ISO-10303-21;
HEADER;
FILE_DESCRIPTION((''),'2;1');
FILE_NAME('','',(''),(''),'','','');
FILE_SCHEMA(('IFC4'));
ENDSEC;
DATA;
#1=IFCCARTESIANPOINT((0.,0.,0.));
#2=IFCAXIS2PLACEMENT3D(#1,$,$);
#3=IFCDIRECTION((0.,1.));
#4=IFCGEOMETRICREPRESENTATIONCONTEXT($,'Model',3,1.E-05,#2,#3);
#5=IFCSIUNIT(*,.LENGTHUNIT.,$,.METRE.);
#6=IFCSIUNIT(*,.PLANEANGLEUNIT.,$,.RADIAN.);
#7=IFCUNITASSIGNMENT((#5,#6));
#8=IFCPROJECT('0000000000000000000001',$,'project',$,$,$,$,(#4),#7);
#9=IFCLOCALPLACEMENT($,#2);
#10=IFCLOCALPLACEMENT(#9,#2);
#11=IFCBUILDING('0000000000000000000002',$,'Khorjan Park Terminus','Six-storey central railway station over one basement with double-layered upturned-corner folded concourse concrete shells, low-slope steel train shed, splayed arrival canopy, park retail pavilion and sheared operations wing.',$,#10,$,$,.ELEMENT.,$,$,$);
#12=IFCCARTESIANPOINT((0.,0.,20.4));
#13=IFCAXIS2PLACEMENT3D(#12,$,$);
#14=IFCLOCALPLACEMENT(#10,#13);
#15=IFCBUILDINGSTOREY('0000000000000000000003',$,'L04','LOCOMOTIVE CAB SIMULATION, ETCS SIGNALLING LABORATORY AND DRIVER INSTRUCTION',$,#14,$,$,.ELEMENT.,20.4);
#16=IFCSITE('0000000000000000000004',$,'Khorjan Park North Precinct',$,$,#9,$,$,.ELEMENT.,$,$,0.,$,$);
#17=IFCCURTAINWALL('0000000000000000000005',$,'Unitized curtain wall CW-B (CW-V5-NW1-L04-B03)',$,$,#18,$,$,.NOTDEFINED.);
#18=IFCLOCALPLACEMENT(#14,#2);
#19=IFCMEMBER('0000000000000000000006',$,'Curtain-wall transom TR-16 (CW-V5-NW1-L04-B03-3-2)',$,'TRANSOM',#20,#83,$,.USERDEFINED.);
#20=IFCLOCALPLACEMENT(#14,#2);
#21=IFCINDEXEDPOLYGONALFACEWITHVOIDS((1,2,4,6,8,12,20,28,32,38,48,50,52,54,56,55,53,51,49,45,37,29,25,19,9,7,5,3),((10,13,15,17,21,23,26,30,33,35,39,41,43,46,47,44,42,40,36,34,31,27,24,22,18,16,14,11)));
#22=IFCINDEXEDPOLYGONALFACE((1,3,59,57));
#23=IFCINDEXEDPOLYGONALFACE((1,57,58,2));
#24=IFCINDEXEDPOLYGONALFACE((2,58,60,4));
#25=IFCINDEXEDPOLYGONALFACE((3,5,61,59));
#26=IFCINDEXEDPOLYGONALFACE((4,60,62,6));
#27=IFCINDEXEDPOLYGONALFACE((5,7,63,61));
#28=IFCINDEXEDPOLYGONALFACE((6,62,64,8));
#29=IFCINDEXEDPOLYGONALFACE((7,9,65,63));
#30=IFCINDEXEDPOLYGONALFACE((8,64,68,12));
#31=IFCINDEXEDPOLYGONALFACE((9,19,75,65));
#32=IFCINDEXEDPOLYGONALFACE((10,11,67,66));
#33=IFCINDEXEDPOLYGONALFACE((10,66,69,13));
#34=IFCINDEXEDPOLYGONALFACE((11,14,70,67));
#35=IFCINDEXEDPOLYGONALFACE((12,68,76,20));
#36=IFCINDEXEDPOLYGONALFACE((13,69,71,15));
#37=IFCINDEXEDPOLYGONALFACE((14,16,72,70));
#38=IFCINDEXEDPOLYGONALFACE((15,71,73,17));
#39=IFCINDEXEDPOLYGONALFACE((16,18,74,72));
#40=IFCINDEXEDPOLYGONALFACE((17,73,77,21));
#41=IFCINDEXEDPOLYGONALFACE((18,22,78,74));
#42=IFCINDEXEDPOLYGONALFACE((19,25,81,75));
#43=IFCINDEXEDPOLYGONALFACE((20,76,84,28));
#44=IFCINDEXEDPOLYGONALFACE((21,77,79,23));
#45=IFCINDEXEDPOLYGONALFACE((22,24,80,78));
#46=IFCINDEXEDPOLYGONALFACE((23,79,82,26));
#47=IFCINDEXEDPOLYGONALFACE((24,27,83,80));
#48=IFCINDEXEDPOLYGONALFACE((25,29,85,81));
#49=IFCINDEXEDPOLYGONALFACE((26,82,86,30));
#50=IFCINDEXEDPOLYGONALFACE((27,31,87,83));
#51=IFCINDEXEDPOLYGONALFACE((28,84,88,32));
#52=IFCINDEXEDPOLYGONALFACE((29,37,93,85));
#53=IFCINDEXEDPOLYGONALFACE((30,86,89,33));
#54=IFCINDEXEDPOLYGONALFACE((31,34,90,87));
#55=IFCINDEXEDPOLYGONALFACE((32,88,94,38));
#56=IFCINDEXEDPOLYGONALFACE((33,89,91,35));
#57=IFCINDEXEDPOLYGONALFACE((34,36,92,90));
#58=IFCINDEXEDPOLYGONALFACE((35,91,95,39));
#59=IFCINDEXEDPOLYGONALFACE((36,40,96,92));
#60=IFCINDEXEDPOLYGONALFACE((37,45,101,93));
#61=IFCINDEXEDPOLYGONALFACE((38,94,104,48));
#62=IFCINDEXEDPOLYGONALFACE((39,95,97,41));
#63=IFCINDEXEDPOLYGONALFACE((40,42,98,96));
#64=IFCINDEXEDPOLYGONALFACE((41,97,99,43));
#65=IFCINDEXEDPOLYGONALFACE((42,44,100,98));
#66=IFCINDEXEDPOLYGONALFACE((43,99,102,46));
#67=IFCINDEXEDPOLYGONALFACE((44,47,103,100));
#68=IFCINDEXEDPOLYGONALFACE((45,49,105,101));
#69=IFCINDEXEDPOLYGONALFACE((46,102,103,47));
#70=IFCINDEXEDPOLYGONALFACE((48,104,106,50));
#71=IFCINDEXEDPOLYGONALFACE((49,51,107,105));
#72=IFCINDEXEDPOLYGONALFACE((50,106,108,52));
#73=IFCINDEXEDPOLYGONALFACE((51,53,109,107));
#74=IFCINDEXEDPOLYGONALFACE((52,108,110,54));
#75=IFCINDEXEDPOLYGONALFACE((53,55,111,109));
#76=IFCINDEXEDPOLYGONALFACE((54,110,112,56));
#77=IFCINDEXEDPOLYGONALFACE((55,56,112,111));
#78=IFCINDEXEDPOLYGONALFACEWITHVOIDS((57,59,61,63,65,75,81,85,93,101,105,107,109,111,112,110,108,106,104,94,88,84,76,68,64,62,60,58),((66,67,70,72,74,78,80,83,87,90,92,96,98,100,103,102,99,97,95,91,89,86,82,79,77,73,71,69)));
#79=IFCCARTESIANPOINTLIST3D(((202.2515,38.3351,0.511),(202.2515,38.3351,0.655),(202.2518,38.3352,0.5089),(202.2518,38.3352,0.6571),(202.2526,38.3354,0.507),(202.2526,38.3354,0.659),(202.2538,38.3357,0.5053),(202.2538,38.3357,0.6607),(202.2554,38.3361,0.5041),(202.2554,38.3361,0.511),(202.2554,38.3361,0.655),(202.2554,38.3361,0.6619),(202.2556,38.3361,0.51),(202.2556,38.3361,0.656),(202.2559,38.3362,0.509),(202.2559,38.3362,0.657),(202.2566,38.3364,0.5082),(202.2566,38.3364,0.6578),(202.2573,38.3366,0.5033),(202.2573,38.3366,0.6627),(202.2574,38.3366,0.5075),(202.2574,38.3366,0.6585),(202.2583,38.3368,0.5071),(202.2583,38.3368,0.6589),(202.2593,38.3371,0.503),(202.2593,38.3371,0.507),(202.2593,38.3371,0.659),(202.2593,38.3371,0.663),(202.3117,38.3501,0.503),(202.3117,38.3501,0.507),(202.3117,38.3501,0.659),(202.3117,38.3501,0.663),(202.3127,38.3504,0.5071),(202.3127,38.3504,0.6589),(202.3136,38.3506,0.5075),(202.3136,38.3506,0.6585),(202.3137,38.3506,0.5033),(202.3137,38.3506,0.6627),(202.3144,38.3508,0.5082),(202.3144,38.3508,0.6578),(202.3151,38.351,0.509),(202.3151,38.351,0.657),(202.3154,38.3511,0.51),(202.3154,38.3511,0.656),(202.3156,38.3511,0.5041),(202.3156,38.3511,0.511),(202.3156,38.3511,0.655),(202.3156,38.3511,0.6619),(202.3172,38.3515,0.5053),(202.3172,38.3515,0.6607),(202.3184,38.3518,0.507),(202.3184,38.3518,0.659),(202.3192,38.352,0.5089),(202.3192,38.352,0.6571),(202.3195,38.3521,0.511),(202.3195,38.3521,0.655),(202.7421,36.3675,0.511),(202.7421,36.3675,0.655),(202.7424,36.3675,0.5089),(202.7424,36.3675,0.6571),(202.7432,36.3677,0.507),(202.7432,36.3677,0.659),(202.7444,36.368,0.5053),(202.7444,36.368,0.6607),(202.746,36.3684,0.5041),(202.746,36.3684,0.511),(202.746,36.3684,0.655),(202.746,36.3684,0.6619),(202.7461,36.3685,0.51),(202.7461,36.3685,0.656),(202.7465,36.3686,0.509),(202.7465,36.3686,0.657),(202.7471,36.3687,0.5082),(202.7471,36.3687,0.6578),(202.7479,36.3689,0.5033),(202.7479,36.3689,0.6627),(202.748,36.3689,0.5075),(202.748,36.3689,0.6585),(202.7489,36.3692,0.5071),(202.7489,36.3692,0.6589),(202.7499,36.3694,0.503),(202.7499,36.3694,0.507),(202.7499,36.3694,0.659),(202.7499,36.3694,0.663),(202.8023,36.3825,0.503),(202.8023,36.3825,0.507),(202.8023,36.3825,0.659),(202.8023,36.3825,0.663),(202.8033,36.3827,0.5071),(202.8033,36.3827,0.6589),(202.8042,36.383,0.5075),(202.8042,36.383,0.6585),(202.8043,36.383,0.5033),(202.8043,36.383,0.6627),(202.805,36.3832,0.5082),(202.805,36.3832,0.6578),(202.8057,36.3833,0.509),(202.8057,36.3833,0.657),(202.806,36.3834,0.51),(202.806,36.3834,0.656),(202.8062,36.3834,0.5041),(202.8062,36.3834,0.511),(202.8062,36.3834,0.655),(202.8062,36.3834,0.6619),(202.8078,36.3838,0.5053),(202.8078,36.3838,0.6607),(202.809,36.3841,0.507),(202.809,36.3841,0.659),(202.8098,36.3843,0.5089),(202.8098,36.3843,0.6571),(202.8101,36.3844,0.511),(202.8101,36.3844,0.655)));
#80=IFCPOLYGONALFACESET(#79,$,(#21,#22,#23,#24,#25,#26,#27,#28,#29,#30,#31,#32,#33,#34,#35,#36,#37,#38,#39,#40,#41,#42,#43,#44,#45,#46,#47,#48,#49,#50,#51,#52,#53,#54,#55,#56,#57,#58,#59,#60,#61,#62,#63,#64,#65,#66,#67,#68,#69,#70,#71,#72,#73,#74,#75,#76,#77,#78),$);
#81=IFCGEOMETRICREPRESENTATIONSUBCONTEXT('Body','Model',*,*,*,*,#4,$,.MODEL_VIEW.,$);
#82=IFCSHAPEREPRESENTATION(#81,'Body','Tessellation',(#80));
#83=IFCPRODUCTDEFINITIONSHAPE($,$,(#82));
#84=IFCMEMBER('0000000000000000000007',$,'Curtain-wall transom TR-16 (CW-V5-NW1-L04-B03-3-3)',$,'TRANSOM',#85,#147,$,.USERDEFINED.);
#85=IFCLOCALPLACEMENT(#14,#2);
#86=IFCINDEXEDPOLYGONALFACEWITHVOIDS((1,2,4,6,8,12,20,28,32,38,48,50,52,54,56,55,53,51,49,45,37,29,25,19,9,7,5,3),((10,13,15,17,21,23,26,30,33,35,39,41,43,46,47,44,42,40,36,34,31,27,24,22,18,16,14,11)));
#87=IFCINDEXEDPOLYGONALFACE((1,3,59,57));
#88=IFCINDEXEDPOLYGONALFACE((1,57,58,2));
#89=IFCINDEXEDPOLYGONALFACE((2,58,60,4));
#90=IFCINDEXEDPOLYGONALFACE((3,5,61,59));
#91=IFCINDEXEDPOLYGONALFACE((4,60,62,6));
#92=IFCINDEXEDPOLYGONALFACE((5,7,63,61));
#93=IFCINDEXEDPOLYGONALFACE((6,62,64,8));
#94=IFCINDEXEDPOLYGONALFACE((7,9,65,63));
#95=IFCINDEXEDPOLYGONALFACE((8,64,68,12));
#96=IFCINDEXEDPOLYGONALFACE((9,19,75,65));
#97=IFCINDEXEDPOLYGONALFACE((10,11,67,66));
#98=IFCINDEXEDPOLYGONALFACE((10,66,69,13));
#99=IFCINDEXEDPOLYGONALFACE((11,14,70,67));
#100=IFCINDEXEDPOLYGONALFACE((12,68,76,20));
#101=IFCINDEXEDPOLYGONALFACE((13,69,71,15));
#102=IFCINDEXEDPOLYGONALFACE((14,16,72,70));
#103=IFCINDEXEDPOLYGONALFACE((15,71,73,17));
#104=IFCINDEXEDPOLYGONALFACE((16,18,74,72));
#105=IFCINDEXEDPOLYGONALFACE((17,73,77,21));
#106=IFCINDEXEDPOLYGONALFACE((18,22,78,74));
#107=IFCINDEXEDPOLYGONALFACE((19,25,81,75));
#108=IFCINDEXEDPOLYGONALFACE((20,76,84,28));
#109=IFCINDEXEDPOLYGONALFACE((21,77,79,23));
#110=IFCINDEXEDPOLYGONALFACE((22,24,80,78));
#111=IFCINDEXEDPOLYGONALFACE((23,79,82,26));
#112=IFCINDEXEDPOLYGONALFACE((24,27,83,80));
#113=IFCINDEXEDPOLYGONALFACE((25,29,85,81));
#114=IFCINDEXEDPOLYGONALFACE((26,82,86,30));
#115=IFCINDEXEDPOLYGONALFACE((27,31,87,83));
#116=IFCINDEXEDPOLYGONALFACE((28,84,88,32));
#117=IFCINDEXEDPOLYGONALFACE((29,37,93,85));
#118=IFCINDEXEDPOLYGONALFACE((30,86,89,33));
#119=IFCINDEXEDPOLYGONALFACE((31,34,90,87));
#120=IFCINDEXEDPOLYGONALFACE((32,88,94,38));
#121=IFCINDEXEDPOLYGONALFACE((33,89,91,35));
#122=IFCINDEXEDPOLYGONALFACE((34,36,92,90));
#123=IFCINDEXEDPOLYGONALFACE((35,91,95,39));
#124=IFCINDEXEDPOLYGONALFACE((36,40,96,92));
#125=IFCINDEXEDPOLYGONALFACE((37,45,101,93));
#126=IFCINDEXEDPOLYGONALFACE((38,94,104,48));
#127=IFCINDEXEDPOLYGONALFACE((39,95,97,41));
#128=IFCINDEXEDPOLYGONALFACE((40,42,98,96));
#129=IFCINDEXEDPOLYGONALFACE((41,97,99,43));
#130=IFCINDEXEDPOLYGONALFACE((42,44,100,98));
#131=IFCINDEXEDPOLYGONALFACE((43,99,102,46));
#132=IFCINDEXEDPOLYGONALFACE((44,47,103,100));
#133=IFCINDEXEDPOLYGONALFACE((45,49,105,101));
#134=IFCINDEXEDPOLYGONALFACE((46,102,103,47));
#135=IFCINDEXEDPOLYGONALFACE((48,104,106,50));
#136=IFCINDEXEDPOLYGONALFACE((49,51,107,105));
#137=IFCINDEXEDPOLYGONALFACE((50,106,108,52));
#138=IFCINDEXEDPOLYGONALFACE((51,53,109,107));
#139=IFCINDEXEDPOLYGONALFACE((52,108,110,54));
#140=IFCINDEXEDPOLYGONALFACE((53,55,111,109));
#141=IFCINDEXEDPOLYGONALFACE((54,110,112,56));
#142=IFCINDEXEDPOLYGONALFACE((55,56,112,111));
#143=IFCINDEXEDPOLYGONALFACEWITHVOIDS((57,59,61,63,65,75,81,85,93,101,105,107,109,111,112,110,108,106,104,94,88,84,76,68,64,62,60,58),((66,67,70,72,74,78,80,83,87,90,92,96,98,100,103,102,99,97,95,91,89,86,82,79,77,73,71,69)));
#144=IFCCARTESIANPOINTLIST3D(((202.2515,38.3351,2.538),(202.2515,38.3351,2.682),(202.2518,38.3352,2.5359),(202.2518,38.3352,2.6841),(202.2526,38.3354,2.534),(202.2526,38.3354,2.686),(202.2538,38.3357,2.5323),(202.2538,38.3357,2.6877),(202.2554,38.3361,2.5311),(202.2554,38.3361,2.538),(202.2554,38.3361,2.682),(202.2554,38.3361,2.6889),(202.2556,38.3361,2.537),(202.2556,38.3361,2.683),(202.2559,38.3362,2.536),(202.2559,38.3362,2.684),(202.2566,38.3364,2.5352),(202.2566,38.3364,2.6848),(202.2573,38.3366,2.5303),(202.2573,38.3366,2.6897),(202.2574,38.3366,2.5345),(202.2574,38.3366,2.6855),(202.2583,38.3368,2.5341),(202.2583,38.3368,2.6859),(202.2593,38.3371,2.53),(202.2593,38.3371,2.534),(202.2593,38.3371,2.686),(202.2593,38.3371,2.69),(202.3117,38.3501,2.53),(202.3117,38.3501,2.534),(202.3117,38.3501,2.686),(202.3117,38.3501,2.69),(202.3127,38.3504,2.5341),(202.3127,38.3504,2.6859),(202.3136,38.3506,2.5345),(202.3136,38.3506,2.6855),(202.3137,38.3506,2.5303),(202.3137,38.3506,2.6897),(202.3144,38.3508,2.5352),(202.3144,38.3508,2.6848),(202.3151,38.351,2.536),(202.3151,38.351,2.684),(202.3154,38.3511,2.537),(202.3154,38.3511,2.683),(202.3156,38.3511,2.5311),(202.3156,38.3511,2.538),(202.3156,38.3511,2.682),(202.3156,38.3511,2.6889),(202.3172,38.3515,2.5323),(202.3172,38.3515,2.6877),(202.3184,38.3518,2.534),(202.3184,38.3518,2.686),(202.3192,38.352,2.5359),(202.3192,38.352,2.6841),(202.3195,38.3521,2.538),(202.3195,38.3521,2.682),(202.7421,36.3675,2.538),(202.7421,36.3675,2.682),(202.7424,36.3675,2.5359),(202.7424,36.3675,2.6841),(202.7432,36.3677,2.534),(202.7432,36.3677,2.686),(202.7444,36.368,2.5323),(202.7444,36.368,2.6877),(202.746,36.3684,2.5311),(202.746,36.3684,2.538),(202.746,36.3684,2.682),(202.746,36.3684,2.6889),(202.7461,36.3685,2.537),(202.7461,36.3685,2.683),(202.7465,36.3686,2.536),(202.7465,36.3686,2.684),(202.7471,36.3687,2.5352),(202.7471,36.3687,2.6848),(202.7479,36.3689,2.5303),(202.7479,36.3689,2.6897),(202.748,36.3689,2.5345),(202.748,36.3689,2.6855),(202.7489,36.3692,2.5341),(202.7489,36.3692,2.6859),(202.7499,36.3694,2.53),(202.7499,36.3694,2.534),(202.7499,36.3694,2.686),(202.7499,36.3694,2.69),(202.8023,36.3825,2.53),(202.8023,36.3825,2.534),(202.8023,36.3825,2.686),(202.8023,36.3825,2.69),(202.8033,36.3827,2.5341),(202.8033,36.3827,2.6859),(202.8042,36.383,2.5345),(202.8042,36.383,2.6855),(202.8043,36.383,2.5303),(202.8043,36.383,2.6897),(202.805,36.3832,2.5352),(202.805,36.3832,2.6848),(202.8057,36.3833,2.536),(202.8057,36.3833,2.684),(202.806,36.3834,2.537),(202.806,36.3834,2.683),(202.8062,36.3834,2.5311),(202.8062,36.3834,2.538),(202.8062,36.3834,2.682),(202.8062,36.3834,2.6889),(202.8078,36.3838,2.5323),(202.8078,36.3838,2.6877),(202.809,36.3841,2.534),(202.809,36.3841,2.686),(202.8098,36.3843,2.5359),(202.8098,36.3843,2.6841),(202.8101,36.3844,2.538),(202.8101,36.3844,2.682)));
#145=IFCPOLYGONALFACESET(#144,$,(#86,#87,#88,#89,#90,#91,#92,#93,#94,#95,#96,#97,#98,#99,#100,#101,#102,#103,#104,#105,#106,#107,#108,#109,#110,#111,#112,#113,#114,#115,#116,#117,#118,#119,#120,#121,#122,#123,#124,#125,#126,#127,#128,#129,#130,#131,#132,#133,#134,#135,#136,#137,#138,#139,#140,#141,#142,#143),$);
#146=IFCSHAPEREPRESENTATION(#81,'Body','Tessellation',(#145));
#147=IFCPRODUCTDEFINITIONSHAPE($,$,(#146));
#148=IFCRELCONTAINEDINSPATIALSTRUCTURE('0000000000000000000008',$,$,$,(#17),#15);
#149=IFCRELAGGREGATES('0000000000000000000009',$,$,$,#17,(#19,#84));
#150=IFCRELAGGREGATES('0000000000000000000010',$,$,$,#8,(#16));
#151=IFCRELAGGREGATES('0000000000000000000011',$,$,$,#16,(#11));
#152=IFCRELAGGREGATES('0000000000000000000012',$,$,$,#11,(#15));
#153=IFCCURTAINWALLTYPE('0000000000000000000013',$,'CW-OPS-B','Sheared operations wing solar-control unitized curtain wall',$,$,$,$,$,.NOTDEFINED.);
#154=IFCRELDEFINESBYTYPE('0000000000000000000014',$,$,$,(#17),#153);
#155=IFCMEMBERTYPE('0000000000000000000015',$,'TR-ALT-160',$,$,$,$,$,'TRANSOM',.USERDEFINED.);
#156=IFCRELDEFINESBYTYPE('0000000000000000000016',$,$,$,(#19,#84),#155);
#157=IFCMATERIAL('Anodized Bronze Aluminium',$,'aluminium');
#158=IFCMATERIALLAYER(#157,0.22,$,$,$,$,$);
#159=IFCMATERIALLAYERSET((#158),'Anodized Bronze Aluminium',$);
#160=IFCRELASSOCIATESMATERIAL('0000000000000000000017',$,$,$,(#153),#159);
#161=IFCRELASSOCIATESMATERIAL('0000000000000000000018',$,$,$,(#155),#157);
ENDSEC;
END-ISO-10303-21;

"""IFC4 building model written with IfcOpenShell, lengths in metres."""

from ifc_helpers import new_model, si_unit, direction, frame, origin, origin_2d, place, context, subcontext, project, spatial, hollow_rectangle, extrude, material, layer, layer_set, material_profile, profile_set, type_object, element, aggregate, save


model = new_model("IFC4")

# Units and contexts
model_context = context("Model", 3, precision=1e-05, world=origin(), true_north=direction((0.0, 1.0)))
body_context = subcontext(model_context, "Body", "Model", "MODEL_VIEW")
ifc_project = project(units=[si_unit("LENGTHUNIT", "METRE"), si_unit("PLANEANGLEUNIT", "RADIAN")], contexts=[model_context])

# Site, building, storey
site_placement = place(None, origin())
site = spatial("IfcSite", under=ifc_project, at=site_placement, Name="Khorjan Park North Precinct", CompositionType="ELEMENT", RefElevation=0.0)
building_placement = place(site_placement, origin())
building = spatial("IfcBuilding", under=site, at=building_placement, Name="Khorjan Park Terminus", Description="Six-storey central railway station over one basement with double-layered upturned-corner folded concourse concrete shells, low-slope steel train shed, splayed arrival canopy, park retail pavilion and sheared operations wing.", CompositionType="ELEMENT")
storey_placement = place(building_placement, frame((0.0, 0.0, 20.4)))
storey = spatial("IfcBuildingStorey", under=building, at=storey_placement, Name="L04", Description="LOCOMOTIVE CAB SIMULATION, ETCS SIGNALLING LABORATORY AND DRIVER INSTRUCTION", CompositionType="ELEMENT", Elevation=20.4)

# Curtain wall, members
ifc_material_1 = material(Name="Anodized Bronze Aluminium", Category="aluminium")
ifc_layer_1 = layer(ifc_material_1, 0.22)
ifc_layer_set_1 = layer_set([ifc_layer_1], Name="Anodized Bronze Aluminium")
curtain_wall_type = type_object("IfcCurtainWallType", Name="CW-OPS-B", Description="Sheared operations wing solar-control unitized curtain wall", PredefinedType="NOTDEFINED", material=ifc_layer_set_1)
curtain_wall_1_placement = place(storey_placement, origin())
curtain_wall_1 = element("IfcCurtainWall", 1, at=curtain_wall_1_placement, inside=storey, type_object=curtain_wall_type, Name="Unitized curtain wall CW-B (CW-V5-NW1-L04-B03)", PredefinedType="NOTDEFINED")
ifc_material_profile_1 = material_profile(ifc_material_1, hollow_rectangle(XDim=0.07, YDim=0.16, WallThickness=0.004, InnerFilletRadius=0.004, OuterFilletRadius=0.008, at=origin_2d()), Name="ALT 70x160x4")
ifc_profile_set_1 = profile_set([ifc_material_profile_1], Name="Anodized Bronze Aluminium")
member_type_1 = type_object("IfcMemberType", Name="TR-ALT-160", ElementType="TRANSOM", PredefinedType="USERDEFINED", material=ifc_profile_set_1)
member_1_placement = place(storey_placement, frame((202.2855, 38.3436, 0.583), z_axis=(0.241921, -0.970296, 0.0), x_axis=(0.970296, 0.241921, 0.0)))
member_1 = element("IfcMember", 2, at=member_1_placement, type_object=member_type_1, Name="Curtain-wall transom TR-16 (CW-V5-NW1-L04-B03-3-2)", ObjectType="TRANSOM", PredefinedType="USERDEFINED", context=body_context, shape_type="SweptSolid", body=[
    extrude(hollow_rectangle(XDim=0.07, YDim=0.16, WallThickness=0.004, InnerFilletRadius=0.004, OuterFilletRadius=0.008, at=origin_2d()), origin(), (0.0, 0.0, 1.0), 2.0279),
])
member_2_placement = place(storey_placement, frame((202.2855, 38.3436, 2.61), z_axis=(0.241921, -0.970296, 0.0), x_axis=(0.970296, 0.241921, 0.0)))
member_2 = element("IfcMember", 3, at=member_2_placement, type_object=member_type_1, Name="Curtain-wall transom TR-16 (CW-V5-NW1-L04-B03-3-3)", ObjectType="TRANSOM", PredefinedType="USERDEFINED", context=body_context, shape_type="SweptSolid", body=[
    extrude(hollow_rectangle(XDim=0.07, YDim=0.16, WallThickness=0.004, InnerFilletRadius=0.004, OuterFilletRadius=0.008, at=origin_2d()), origin(), (0.0, 0.0, 1.0), 2.0279),
])

aggregate(curtain_wall_1, [member_1, member_2])

save(model, "model.ifc")
